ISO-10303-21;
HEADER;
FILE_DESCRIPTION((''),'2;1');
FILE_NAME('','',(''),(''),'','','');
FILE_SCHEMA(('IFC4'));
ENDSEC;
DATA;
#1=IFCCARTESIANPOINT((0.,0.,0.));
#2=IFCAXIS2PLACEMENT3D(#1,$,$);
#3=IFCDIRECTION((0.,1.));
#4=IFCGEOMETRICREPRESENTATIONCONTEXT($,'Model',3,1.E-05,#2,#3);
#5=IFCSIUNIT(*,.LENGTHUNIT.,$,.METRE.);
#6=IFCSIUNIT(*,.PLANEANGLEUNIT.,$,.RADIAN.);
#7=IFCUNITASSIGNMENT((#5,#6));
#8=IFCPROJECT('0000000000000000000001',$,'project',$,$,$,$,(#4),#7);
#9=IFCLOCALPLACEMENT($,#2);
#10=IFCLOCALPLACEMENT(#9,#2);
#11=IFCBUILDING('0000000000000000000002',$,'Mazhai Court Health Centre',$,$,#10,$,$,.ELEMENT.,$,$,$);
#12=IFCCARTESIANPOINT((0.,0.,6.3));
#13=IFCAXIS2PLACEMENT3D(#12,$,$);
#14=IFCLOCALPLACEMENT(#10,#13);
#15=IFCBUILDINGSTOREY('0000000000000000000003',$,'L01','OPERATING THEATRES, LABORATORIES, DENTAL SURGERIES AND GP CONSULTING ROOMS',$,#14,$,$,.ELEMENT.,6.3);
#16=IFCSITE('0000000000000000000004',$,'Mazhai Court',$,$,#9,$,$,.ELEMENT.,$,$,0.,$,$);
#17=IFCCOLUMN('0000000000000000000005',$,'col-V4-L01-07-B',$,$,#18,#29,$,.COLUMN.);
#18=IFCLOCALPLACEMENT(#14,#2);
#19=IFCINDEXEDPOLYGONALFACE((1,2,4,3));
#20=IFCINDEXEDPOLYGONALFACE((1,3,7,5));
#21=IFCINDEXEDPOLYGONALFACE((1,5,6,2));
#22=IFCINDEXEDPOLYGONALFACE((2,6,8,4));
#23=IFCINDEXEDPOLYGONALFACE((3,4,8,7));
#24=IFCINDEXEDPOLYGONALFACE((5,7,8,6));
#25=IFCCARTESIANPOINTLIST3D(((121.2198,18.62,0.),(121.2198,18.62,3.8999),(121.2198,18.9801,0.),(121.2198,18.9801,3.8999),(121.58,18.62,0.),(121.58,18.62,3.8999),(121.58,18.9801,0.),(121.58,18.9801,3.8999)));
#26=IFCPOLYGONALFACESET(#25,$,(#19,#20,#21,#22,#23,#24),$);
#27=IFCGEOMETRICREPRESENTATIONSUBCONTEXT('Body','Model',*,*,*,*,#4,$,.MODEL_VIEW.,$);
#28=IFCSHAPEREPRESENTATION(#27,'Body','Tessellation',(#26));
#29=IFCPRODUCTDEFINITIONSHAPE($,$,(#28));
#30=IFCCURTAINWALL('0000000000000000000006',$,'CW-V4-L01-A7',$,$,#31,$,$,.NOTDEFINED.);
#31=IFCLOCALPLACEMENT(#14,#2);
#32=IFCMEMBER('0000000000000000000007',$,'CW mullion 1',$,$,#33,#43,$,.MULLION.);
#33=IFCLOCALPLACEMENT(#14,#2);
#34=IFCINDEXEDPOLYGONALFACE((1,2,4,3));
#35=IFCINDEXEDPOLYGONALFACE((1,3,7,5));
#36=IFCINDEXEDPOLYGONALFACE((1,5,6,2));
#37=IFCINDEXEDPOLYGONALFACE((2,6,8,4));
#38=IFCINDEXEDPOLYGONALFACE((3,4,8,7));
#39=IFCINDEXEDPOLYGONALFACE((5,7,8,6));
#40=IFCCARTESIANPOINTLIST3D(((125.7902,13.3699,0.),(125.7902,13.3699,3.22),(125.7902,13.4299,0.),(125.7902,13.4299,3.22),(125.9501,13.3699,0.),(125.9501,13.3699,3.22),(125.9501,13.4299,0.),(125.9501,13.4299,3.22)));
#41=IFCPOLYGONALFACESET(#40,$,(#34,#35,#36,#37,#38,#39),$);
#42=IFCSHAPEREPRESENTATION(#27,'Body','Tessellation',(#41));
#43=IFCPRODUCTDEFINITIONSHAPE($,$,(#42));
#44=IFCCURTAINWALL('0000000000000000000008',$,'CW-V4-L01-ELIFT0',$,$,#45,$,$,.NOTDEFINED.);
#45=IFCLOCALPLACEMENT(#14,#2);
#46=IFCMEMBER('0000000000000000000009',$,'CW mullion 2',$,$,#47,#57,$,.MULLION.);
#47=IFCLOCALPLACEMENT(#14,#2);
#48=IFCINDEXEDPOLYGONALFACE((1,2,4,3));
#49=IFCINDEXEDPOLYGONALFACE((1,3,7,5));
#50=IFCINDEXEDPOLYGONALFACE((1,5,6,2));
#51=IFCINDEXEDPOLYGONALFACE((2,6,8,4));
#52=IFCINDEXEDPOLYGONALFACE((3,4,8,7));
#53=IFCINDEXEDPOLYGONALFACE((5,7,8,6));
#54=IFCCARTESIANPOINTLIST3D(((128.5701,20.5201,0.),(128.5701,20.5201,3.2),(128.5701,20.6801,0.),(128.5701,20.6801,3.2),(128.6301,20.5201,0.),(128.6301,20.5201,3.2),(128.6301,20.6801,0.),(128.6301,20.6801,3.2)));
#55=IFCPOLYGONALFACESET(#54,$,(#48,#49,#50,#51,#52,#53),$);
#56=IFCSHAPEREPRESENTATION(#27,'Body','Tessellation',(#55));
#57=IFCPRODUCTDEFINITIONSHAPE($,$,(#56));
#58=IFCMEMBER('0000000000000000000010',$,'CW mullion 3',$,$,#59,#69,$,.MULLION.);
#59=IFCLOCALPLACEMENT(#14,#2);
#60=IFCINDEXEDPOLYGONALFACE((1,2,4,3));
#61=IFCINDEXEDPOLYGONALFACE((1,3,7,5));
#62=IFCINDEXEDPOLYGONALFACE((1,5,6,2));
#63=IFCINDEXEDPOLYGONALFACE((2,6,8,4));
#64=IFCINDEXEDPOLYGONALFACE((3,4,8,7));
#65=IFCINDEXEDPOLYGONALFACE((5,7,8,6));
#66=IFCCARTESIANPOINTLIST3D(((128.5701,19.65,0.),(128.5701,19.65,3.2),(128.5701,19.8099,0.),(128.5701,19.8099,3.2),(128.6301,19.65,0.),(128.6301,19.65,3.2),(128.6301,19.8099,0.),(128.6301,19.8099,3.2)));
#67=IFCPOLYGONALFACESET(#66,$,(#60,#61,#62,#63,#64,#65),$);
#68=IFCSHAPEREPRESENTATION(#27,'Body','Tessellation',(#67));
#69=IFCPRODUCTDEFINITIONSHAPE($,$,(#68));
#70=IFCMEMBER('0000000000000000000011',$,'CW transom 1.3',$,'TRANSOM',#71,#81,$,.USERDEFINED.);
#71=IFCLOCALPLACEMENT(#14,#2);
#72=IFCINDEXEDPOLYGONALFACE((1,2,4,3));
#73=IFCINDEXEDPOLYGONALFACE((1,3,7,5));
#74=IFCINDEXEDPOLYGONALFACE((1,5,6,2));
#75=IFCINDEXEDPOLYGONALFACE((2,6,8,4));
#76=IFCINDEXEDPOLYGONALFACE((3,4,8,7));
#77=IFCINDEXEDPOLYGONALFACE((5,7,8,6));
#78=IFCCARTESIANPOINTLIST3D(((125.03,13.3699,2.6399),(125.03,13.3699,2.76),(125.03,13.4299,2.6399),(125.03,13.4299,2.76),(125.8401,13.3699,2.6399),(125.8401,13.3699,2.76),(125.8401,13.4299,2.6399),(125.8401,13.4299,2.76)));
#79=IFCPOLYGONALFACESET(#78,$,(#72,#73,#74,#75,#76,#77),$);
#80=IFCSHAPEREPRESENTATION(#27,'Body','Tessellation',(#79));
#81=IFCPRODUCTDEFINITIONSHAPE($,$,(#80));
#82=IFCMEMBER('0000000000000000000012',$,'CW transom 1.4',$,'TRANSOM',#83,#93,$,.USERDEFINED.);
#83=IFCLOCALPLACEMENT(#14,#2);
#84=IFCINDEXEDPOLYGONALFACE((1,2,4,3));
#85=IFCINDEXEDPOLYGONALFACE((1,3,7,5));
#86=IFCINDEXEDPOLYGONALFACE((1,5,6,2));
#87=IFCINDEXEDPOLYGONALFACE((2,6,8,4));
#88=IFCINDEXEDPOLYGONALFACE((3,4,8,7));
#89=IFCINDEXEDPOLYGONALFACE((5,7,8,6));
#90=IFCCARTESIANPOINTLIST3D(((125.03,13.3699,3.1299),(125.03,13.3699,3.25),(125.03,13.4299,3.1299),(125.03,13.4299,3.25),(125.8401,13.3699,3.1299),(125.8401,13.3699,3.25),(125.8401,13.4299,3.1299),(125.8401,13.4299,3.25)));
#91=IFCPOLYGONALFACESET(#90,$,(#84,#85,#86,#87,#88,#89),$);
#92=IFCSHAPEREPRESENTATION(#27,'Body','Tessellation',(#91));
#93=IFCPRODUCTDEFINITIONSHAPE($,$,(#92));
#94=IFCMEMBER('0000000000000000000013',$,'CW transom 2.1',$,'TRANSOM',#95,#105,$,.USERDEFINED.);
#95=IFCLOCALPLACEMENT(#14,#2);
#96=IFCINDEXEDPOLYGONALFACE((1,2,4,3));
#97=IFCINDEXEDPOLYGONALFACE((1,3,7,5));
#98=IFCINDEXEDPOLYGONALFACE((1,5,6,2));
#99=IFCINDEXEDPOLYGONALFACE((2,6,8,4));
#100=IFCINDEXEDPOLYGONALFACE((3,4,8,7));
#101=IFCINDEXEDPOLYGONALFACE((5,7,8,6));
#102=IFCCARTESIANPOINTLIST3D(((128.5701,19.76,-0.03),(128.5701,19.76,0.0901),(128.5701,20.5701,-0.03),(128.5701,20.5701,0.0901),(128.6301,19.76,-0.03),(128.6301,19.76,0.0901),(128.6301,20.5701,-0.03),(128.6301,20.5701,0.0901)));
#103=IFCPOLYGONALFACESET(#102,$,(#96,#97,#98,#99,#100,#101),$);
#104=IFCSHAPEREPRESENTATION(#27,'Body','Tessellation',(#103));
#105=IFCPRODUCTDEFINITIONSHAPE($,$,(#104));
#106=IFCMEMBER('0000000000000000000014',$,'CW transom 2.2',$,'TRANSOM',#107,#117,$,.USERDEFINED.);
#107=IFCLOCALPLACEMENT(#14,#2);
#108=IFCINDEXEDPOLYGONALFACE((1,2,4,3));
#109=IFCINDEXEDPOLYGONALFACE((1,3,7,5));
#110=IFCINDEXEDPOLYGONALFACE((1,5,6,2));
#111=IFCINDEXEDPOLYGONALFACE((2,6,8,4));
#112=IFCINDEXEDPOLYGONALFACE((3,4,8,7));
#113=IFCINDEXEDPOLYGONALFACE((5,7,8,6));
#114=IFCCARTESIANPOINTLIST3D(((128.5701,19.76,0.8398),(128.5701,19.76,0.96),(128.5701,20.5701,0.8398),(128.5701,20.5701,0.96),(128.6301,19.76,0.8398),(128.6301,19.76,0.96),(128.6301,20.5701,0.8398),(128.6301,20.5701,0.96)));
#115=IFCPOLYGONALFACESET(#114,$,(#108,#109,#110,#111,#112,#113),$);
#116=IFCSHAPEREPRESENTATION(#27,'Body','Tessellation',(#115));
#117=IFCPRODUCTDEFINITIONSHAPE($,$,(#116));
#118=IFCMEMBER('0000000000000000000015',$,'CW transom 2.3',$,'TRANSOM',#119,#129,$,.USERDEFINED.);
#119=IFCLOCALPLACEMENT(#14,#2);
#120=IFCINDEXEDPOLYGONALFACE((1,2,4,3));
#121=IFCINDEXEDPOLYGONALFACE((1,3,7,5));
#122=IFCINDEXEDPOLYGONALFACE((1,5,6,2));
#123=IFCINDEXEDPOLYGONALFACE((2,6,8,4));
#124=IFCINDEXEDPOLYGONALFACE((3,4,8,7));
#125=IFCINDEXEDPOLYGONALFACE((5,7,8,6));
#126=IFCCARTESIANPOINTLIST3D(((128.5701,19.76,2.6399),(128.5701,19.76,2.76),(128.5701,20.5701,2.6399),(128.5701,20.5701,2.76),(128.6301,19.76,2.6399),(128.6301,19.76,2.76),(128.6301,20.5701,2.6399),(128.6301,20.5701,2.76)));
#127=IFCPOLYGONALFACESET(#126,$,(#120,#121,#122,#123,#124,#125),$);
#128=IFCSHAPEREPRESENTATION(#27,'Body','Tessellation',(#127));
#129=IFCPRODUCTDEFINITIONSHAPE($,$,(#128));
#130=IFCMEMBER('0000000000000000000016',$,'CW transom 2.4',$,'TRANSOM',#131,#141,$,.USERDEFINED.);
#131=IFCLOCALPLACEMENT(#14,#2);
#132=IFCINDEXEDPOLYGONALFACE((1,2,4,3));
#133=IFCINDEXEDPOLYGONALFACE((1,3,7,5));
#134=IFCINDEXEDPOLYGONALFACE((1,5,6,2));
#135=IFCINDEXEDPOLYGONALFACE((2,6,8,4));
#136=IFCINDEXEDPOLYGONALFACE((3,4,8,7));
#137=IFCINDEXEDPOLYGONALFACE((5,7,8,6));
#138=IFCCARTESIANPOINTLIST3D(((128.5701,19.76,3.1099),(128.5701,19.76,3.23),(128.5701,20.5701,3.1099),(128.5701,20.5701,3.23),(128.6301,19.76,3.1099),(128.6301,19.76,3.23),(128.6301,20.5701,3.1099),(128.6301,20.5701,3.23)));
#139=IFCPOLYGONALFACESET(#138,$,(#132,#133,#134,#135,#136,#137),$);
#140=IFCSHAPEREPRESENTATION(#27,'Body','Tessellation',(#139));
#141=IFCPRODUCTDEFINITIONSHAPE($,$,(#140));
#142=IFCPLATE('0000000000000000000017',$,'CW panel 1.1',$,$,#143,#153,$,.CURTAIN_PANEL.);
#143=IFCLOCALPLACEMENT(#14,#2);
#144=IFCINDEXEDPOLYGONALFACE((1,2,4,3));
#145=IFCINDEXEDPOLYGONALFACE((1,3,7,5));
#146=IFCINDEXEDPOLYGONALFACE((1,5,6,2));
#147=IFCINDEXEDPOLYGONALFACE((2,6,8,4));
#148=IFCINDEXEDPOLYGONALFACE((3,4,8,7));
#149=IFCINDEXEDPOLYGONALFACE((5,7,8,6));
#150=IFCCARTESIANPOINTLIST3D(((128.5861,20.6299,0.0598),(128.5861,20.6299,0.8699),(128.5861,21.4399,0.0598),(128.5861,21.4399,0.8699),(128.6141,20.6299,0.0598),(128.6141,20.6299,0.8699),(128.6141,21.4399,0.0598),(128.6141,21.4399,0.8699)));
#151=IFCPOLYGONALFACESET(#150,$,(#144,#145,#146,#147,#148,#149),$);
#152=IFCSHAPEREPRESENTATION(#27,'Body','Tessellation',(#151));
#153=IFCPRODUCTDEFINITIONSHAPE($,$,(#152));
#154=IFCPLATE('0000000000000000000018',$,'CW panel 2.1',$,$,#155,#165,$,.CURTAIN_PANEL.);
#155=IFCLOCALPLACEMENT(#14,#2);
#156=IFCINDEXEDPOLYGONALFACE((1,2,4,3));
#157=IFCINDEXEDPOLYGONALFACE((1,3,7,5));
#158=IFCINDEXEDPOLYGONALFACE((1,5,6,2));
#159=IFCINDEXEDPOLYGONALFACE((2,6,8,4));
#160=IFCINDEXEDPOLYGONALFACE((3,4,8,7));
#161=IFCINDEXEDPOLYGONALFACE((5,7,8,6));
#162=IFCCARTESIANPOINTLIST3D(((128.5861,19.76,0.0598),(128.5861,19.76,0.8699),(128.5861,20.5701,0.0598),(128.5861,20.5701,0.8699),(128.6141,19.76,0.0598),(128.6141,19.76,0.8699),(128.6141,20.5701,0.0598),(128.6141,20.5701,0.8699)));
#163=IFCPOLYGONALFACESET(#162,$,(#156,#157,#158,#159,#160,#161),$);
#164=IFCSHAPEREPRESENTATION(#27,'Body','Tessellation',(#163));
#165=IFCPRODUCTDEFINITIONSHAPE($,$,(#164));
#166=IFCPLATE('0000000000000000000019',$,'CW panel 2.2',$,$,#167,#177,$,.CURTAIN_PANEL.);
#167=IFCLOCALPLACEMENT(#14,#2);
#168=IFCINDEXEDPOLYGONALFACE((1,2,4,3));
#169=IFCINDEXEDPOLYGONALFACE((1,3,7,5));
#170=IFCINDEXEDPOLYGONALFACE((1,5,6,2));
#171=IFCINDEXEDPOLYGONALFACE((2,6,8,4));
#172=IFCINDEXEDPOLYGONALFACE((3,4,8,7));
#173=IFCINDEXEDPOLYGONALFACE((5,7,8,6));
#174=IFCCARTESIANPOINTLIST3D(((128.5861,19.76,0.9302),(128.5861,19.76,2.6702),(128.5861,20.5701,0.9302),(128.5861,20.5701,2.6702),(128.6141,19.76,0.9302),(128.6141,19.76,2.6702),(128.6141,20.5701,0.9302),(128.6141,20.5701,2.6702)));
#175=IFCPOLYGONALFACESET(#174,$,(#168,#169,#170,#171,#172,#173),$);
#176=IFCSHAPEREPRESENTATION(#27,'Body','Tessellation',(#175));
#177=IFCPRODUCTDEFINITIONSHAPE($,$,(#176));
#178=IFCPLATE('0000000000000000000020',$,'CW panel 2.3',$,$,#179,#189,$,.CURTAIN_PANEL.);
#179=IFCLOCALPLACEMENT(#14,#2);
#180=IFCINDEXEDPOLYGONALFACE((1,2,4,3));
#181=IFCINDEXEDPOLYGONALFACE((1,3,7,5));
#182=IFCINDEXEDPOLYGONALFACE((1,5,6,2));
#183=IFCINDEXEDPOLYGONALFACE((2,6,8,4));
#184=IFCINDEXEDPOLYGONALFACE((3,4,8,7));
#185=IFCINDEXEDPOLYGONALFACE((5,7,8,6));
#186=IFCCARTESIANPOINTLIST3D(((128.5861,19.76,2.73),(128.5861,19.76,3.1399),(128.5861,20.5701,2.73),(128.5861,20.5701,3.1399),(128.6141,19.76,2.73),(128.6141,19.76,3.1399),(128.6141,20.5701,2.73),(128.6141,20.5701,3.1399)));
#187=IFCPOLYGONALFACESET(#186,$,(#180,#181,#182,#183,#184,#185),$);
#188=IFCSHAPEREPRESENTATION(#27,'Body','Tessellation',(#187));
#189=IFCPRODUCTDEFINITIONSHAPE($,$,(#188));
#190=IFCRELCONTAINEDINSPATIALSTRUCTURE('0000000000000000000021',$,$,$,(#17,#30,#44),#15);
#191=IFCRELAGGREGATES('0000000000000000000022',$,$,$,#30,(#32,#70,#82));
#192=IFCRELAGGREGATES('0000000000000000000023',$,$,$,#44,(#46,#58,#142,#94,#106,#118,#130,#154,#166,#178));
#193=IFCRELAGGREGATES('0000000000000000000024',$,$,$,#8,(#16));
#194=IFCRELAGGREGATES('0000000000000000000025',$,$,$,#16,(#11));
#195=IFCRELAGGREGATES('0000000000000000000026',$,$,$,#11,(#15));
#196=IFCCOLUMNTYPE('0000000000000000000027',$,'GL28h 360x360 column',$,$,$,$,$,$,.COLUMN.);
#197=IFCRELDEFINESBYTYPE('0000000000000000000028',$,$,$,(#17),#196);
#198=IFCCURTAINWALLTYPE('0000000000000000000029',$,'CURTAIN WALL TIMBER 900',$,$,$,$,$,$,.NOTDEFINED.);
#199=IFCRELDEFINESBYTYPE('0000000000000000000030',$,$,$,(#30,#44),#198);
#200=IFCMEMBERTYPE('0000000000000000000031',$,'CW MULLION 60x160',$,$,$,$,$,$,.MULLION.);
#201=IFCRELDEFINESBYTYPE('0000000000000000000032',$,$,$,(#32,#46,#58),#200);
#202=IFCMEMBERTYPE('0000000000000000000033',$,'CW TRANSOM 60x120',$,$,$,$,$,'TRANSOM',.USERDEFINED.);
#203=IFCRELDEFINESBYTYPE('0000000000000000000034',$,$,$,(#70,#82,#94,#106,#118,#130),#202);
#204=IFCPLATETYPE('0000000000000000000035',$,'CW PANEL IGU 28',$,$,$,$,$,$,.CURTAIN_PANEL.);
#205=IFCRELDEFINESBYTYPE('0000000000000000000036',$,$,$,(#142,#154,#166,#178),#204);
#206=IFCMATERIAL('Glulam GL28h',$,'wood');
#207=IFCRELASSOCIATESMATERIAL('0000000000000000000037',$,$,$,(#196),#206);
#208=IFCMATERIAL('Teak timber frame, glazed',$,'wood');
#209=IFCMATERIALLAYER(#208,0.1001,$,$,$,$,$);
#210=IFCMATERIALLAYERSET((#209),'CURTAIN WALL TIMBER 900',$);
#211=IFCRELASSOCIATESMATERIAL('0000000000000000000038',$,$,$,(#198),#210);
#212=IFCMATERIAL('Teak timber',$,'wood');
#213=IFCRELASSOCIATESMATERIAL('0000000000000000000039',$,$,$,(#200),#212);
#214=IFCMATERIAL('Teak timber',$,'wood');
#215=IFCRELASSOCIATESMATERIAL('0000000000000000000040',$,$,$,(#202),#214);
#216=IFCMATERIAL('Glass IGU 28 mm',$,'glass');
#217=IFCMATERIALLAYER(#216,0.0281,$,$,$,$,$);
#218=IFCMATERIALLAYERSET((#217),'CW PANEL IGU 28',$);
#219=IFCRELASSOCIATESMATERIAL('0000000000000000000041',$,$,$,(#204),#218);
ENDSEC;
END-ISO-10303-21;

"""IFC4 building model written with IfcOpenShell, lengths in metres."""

from ifc_helpers import new_model, si_unit, direction, frame, origin, origin_2d, place, context, subcontext, project, spatial, rectangle, extrude, material, layer, layer_set, material_profile, profile_set, type_object, element, aggregate, save


model = new_model("IFC4")

# Units and contexts
model_context = context("Model", 3, precision=1e-05, world=origin(), true_north=direction((0.0, 1.0)))
body_context = subcontext(model_context, "Body", "Model", "MODEL_VIEW")
ifc_project = project(units=[si_unit("LENGTHUNIT", "METRE"), si_unit("PLANEANGLEUNIT", "RADIAN")], contexts=[model_context])

# Site, building, storey
site_placement = place(None, origin())
site = spatial("IfcSite", under=ifc_project, at=site_placement, Name="Mazhai Court", CompositionType="ELEMENT", RefElevation=0.0)
building_placement = place(site_placement, origin())
building = spatial("IfcBuilding", under=site, at=building_placement, Name="Mazhai Court Health Centre", CompositionType="ELEMENT")
storey_placement = place(building_placement, frame((0.0, 0.0, 6.3)))
storey = spatial("IfcBuildingStorey", under=building, at=storey_placement, Name="L01", Description="OPERATING THEATRES, LABORATORIES, DENTAL SURGERIES AND GP CONSULTING ROOMS", CompositionType="ELEMENT", Elevation=6.3)

# Column
ifc_material_1 = material(Name="Glulam GL28h", Category="wood")
ifc_material_profile_1 = material_profile(ifc_material_1, rectangle(XDim=0.3601, YDim=0.3601, at=origin_2d()), Name="GL28h 360x360")
ifc_profile_set_1 = profile_set([ifc_material_profile_1], Name="Glulam GL28h")
column_type = type_object("IfcColumnType", Name="GL28h 360x360 column", PredefinedType="COLUMN", material=ifc_profile_set_1)
column_placement = place(storey_placement, frame((121.3999, 18.8, 0.0), z_axis=(0.0, 0.0, 1.0), x_axis=(1.0, 0.0, 0.0)))
element("IfcColumn", 1, at=column_placement, inside=storey, type_object=column_type, Name="col-V4-L01-07-B", PredefinedType="COLUMN", context=body_context, shape_type="SweptSolid", body=[
    extrude(rectangle(XDim=0.3601, YDim=0.3601, at=origin_2d()), origin(), (0.0, 0.0, 1.0), 3.8999),
])

# Curtain wall, member
ifc_material_2 = material(Name="Teak timber frame, glazed", Category="wood")
ifc_layer_1 = layer(ifc_material_2, 0.1001)
ifc_layer_set_1 = layer_set([ifc_layer_1], Name="CURTAIN WALL TIMBER 900")
curtain_wall_type = type_object("IfcCurtainWallType", Name="CURTAIN WALL TIMBER 900", PredefinedType="NOTDEFINED", material=ifc_layer_set_1)
curtain_wall_1_placement = place(storey_placement, origin())
curtain_wall_1 = element("IfcCurtainWall", 2, at=curtain_wall_1_placement, inside=storey, type_object=curtain_wall_type, Name="CW-V4-L01-A7", PredefinedType="NOTDEFINED")
ifc_material_3 = material(Name="Teak timber", Category="wood")
ifc_material_profile_2 = material_profile(ifc_material_3, rectangle(XDim=0.0601, YDim=0.1599, at=origin_2d()), Name="CW MULLION 60x160")
ifc_profile_set_2 = profile_set([ifc_material_profile_2], Name="Teak timber")
member_type_1 = type_object("IfcMemberType", Name="CW MULLION 60x160", PredefinedType="MULLION", material=ifc_profile_set_2)
member_1_placement = place(storey_placement, frame((125.8701, 13.3999, 0.0), z_axis=(0.0, 0.0, 1.0), x_axis=(0.0, -1.0, 0.0)))
member_1 = element("IfcMember", 3, at=member_1_placement, type_object=member_type_1, Name="CW mullion 1", PredefinedType="MULLION", context=body_context, shape_type="SweptSolid", body=[
    extrude(rectangle(XDim=0.0601, YDim=0.1599, at=origin_2d()), origin(), (0.0, 0.0, 1.0), 3.22),
])

# Curtain wall, members
curtain_wall_2_placement = place(storey_placement, origin())
curtain_wall_2 = element("IfcCurtainWall", 4, at=curtain_wall_2_placement, inside=storey, type_object=curtain_wall_type, Name="CW-V4-L01-ELIFT0", PredefinedType="NOTDEFINED")
member_2_placement = place(storey_placement, frame((128.6001, 20.6001, 0.0), z_axis=(0.0, 0.0, 1.0), x_axis=(1.0, 0.0, 0.0)))
member_2 = element("IfcMember", 5, at=member_2_placement, type_object=member_type_1, Name="CW mullion 2", PredefinedType="MULLION", context=body_context, shape_type="SweptSolid", body=[
    extrude(rectangle(XDim=0.0601, YDim=0.1599, at=origin_2d()), origin(), (0.0, 0.0, 1.0), 3.2),
])
member_3_placement = place(storey_placement, frame((128.6001, 19.73, 0.0), z_axis=(0.0, 0.0, 1.0), x_axis=(1.0, 0.0, 0.0)))
member_3 = element("IfcMember", 6, at=member_3_placement, type_object=member_type_1, Name="CW mullion 3", PredefinedType="MULLION", context=body_context, shape_type="SweptSolid", body=[
    extrude(rectangle(XDim=0.0601, YDim=0.1599, at=origin_2d()), origin(), (0.0, 0.0, 1.0), 3.2),
])

# Members
ifc_material_4 = material(Name="Teak timber", Category="wood")
ifc_material_profile_3 = material_profile(ifc_material_4, rectangle(XDim=0.0601, YDim=0.1201, at=origin_2d()), Name="CW TRANSOM 60x120")
ifc_profile_set_3 = profile_set([ifc_material_profile_3], Name="Teak timber")
member_type_2 = type_object("IfcMemberType", Name="CW TRANSOM 60x120", ElementType="TRANSOM", PredefinedType="USERDEFINED", material=ifc_profile_set_3)
member_4_placement = place(storey_placement, frame((125.8401, 13.3999, 2.7), z_axis=(-1.0, 0.0, 0.0), x_axis=(0.0, -1.0, 0.0)))
member_4 = element("IfcMember", 7, at=member_4_placement, type_object=member_type_2, Name="CW transom 1.3", ObjectType="TRANSOM", PredefinedType="USERDEFINED", context=body_context, shape_type="SweptSolid", body=[
    extrude(rectangle(XDim=0.0601, YDim=0.1201, at=origin_2d()), origin(), (0.0, 0.0, 1.0), 0.8101),
])
member_5_placement = place(storey_placement, frame((125.8401, 13.3999, 3.1899), z_axis=(-1.0, 0.0, 0.0), x_axis=(0.0, -1.0, 0.0)))
member_5 = element("IfcMember", 8, at=member_5_placement, type_object=member_type_2, Name="CW transom 1.4", ObjectType="TRANSOM", PredefinedType="USERDEFINED", context=body_context, shape_type="SweptSolid", body=[
    extrude(rectangle(XDim=0.0601, YDim=0.1201, at=origin_2d()), origin(), (0.0, 0.0, 1.0), 0.8101),
])
aggregate(curtain_wall_1, [member_1, member_4, member_5])
member_6_placement = place(storey_placement, frame((128.6001, 20.5701, 0.03), z_axis=(0.0, -1.0, 0.0), x_axis=(1.0, 0.0, 0.0)))
member_6 = element("IfcMember", 9, at=member_6_placement, type_object=member_type_2, Name="CW transom 2.1", ObjectType="TRANSOM", PredefinedType="USERDEFINED", context=body_context, shape_type="SweptSolid", body=[
    extrude(rectangle(XDim=0.0601, YDim=0.1201, at=origin_2d()), origin(), (0.0, 0.0, 1.0), 0.8101),
])
member_7_placement = place(storey_placement, frame((128.6001, 20.5701, 0.8999), z_axis=(0.0, -1.0, 0.0), x_axis=(1.0, 0.0, 0.0)))
member_7 = element("IfcMember", 10, at=member_7_placement, type_object=member_type_2, Name="CW transom 2.2", ObjectType="TRANSOM", PredefinedType="USERDEFINED", context=body_context, shape_type="SweptSolid", body=[
    extrude(rectangle(XDim=0.0601, YDim=0.1201, at=origin_2d()), origin(), (0.0, 0.0, 1.0), 0.8101),
])
member_8_placement = place(storey_placement, frame((128.6001, 20.5701, 2.7), z_axis=(0.0, -1.0, 0.0), x_axis=(1.0, 0.0, 0.0)))
member_8 = element("IfcMember", 11, at=member_8_placement, type_object=member_type_2, Name="CW transom 2.3", ObjectType="TRANSOM", PredefinedType="USERDEFINED", context=body_context, shape_type="SweptSolid", body=[
    extrude(rectangle(XDim=0.0601, YDim=0.1201, at=origin_2d()), origin(), (0.0, 0.0, 1.0), 0.8101),
])
member_9_placement = place(storey_placement, frame((128.6001, 20.5701, 3.1699), z_axis=(0.0, -1.0, 0.0), x_axis=(1.0, 0.0, 0.0)))
member_9 = element("IfcMember", 12, at=member_9_placement, type_object=member_type_2, Name="CW transom 2.4", ObjectType="TRANSOM", PredefinedType="USERDEFINED", context=body_context, shape_type="SweptSolid", body=[
    extrude(rectangle(XDim=0.0601, YDim=0.1201, at=origin_2d()), origin(), (0.0, 0.0, 1.0), 0.8101),
])

# Plates
ifc_material_5 = material(Name="Glass IGU 28 mm", Category="glass")
ifc_layer_2 = layer(ifc_material_5, 0.0281)
ifc_layer_set_2 = layer_set([ifc_layer_2], Name="CW PANEL IGU 28")
plate_type = type_object("IfcPlateType", Name="CW PANEL IGU 28", PredefinedType="CURTAIN_PANEL", material=ifc_layer_set_2)
plate_1_placement = place(storey_placement, frame((128.6001, 21.0349, 0.0598), z_axis=(0.0, 0.0, 1.0), x_axis=(0.0, -1.0, 0.0)))
plate_1 = element("IfcPlate", 13, at=plate_1_placement, type_object=plate_type, Name="CW panel 1.1", PredefinedType="CURTAIN_PANEL", context=body_context, shape_type="SweptSolid", body=[
    extrude(rectangle(XDim=0.8101, YDim=0.0281, at=origin_2d()), origin(), (0.0, 0.0, 1.0), 0.8101),
])
plate_2_placement = place(storey_placement, frame((128.6001, 20.165, 0.0598), z_axis=(0.0, 0.0, 1.0), x_axis=(0.0, -1.0, 0.0)))
plate_2 = element("IfcPlate", 14, at=plate_2_placement, type_object=plate_type, Name="CW panel 2.1", PredefinedType="CURTAIN_PANEL", context=body_context, shape_type="SweptSolid", body=[
    extrude(rectangle(XDim=0.8101, YDim=0.0281, at=origin_2d()), origin(), (0.0, 0.0, 1.0), 0.8101),
])
plate_3_placement = place(storey_placement, frame((128.6001, 20.165, 0.9302), z_axis=(0.0, 0.0, 1.0), x_axis=(0.0, -1.0, 0.0)))
plate_3 = element("IfcPlate", 15, at=plate_3_placement, type_object=plate_type, Name="CW panel 2.2", PredefinedType="CURTAIN_PANEL", context=body_context, shape_type="SweptSolid", body=[
    extrude(rectangle(XDim=0.8101, YDim=0.0281, at=origin_2d()), origin(), (0.0, 0.0, 1.0), 1.74),
])
plate_4_placement = place(storey_placement, frame((128.6001, 20.165, 2.73), z_axis=(0.0, 0.0, 1.0), x_axis=(0.0, -1.0, 0.0)))
plate_4 = element("IfcPlate", 16, at=plate_4_placement, type_object=plate_type, Name="CW panel 2.3", PredefinedType="CURTAIN_PANEL", context=body_context, shape_type="SweptSolid", body=[
    extrude(rectangle(XDim=0.8101, YDim=0.0281, at=origin_2d()), origin(), (0.0, 0.0, 1.0), 0.4099),
])
aggregate(curtain_wall_2, [member_2, member_3, plate_1, member_6, member_7, member_8, member_9, plate_2, plate_3, plate_4])

save(model, "model.ifc")
